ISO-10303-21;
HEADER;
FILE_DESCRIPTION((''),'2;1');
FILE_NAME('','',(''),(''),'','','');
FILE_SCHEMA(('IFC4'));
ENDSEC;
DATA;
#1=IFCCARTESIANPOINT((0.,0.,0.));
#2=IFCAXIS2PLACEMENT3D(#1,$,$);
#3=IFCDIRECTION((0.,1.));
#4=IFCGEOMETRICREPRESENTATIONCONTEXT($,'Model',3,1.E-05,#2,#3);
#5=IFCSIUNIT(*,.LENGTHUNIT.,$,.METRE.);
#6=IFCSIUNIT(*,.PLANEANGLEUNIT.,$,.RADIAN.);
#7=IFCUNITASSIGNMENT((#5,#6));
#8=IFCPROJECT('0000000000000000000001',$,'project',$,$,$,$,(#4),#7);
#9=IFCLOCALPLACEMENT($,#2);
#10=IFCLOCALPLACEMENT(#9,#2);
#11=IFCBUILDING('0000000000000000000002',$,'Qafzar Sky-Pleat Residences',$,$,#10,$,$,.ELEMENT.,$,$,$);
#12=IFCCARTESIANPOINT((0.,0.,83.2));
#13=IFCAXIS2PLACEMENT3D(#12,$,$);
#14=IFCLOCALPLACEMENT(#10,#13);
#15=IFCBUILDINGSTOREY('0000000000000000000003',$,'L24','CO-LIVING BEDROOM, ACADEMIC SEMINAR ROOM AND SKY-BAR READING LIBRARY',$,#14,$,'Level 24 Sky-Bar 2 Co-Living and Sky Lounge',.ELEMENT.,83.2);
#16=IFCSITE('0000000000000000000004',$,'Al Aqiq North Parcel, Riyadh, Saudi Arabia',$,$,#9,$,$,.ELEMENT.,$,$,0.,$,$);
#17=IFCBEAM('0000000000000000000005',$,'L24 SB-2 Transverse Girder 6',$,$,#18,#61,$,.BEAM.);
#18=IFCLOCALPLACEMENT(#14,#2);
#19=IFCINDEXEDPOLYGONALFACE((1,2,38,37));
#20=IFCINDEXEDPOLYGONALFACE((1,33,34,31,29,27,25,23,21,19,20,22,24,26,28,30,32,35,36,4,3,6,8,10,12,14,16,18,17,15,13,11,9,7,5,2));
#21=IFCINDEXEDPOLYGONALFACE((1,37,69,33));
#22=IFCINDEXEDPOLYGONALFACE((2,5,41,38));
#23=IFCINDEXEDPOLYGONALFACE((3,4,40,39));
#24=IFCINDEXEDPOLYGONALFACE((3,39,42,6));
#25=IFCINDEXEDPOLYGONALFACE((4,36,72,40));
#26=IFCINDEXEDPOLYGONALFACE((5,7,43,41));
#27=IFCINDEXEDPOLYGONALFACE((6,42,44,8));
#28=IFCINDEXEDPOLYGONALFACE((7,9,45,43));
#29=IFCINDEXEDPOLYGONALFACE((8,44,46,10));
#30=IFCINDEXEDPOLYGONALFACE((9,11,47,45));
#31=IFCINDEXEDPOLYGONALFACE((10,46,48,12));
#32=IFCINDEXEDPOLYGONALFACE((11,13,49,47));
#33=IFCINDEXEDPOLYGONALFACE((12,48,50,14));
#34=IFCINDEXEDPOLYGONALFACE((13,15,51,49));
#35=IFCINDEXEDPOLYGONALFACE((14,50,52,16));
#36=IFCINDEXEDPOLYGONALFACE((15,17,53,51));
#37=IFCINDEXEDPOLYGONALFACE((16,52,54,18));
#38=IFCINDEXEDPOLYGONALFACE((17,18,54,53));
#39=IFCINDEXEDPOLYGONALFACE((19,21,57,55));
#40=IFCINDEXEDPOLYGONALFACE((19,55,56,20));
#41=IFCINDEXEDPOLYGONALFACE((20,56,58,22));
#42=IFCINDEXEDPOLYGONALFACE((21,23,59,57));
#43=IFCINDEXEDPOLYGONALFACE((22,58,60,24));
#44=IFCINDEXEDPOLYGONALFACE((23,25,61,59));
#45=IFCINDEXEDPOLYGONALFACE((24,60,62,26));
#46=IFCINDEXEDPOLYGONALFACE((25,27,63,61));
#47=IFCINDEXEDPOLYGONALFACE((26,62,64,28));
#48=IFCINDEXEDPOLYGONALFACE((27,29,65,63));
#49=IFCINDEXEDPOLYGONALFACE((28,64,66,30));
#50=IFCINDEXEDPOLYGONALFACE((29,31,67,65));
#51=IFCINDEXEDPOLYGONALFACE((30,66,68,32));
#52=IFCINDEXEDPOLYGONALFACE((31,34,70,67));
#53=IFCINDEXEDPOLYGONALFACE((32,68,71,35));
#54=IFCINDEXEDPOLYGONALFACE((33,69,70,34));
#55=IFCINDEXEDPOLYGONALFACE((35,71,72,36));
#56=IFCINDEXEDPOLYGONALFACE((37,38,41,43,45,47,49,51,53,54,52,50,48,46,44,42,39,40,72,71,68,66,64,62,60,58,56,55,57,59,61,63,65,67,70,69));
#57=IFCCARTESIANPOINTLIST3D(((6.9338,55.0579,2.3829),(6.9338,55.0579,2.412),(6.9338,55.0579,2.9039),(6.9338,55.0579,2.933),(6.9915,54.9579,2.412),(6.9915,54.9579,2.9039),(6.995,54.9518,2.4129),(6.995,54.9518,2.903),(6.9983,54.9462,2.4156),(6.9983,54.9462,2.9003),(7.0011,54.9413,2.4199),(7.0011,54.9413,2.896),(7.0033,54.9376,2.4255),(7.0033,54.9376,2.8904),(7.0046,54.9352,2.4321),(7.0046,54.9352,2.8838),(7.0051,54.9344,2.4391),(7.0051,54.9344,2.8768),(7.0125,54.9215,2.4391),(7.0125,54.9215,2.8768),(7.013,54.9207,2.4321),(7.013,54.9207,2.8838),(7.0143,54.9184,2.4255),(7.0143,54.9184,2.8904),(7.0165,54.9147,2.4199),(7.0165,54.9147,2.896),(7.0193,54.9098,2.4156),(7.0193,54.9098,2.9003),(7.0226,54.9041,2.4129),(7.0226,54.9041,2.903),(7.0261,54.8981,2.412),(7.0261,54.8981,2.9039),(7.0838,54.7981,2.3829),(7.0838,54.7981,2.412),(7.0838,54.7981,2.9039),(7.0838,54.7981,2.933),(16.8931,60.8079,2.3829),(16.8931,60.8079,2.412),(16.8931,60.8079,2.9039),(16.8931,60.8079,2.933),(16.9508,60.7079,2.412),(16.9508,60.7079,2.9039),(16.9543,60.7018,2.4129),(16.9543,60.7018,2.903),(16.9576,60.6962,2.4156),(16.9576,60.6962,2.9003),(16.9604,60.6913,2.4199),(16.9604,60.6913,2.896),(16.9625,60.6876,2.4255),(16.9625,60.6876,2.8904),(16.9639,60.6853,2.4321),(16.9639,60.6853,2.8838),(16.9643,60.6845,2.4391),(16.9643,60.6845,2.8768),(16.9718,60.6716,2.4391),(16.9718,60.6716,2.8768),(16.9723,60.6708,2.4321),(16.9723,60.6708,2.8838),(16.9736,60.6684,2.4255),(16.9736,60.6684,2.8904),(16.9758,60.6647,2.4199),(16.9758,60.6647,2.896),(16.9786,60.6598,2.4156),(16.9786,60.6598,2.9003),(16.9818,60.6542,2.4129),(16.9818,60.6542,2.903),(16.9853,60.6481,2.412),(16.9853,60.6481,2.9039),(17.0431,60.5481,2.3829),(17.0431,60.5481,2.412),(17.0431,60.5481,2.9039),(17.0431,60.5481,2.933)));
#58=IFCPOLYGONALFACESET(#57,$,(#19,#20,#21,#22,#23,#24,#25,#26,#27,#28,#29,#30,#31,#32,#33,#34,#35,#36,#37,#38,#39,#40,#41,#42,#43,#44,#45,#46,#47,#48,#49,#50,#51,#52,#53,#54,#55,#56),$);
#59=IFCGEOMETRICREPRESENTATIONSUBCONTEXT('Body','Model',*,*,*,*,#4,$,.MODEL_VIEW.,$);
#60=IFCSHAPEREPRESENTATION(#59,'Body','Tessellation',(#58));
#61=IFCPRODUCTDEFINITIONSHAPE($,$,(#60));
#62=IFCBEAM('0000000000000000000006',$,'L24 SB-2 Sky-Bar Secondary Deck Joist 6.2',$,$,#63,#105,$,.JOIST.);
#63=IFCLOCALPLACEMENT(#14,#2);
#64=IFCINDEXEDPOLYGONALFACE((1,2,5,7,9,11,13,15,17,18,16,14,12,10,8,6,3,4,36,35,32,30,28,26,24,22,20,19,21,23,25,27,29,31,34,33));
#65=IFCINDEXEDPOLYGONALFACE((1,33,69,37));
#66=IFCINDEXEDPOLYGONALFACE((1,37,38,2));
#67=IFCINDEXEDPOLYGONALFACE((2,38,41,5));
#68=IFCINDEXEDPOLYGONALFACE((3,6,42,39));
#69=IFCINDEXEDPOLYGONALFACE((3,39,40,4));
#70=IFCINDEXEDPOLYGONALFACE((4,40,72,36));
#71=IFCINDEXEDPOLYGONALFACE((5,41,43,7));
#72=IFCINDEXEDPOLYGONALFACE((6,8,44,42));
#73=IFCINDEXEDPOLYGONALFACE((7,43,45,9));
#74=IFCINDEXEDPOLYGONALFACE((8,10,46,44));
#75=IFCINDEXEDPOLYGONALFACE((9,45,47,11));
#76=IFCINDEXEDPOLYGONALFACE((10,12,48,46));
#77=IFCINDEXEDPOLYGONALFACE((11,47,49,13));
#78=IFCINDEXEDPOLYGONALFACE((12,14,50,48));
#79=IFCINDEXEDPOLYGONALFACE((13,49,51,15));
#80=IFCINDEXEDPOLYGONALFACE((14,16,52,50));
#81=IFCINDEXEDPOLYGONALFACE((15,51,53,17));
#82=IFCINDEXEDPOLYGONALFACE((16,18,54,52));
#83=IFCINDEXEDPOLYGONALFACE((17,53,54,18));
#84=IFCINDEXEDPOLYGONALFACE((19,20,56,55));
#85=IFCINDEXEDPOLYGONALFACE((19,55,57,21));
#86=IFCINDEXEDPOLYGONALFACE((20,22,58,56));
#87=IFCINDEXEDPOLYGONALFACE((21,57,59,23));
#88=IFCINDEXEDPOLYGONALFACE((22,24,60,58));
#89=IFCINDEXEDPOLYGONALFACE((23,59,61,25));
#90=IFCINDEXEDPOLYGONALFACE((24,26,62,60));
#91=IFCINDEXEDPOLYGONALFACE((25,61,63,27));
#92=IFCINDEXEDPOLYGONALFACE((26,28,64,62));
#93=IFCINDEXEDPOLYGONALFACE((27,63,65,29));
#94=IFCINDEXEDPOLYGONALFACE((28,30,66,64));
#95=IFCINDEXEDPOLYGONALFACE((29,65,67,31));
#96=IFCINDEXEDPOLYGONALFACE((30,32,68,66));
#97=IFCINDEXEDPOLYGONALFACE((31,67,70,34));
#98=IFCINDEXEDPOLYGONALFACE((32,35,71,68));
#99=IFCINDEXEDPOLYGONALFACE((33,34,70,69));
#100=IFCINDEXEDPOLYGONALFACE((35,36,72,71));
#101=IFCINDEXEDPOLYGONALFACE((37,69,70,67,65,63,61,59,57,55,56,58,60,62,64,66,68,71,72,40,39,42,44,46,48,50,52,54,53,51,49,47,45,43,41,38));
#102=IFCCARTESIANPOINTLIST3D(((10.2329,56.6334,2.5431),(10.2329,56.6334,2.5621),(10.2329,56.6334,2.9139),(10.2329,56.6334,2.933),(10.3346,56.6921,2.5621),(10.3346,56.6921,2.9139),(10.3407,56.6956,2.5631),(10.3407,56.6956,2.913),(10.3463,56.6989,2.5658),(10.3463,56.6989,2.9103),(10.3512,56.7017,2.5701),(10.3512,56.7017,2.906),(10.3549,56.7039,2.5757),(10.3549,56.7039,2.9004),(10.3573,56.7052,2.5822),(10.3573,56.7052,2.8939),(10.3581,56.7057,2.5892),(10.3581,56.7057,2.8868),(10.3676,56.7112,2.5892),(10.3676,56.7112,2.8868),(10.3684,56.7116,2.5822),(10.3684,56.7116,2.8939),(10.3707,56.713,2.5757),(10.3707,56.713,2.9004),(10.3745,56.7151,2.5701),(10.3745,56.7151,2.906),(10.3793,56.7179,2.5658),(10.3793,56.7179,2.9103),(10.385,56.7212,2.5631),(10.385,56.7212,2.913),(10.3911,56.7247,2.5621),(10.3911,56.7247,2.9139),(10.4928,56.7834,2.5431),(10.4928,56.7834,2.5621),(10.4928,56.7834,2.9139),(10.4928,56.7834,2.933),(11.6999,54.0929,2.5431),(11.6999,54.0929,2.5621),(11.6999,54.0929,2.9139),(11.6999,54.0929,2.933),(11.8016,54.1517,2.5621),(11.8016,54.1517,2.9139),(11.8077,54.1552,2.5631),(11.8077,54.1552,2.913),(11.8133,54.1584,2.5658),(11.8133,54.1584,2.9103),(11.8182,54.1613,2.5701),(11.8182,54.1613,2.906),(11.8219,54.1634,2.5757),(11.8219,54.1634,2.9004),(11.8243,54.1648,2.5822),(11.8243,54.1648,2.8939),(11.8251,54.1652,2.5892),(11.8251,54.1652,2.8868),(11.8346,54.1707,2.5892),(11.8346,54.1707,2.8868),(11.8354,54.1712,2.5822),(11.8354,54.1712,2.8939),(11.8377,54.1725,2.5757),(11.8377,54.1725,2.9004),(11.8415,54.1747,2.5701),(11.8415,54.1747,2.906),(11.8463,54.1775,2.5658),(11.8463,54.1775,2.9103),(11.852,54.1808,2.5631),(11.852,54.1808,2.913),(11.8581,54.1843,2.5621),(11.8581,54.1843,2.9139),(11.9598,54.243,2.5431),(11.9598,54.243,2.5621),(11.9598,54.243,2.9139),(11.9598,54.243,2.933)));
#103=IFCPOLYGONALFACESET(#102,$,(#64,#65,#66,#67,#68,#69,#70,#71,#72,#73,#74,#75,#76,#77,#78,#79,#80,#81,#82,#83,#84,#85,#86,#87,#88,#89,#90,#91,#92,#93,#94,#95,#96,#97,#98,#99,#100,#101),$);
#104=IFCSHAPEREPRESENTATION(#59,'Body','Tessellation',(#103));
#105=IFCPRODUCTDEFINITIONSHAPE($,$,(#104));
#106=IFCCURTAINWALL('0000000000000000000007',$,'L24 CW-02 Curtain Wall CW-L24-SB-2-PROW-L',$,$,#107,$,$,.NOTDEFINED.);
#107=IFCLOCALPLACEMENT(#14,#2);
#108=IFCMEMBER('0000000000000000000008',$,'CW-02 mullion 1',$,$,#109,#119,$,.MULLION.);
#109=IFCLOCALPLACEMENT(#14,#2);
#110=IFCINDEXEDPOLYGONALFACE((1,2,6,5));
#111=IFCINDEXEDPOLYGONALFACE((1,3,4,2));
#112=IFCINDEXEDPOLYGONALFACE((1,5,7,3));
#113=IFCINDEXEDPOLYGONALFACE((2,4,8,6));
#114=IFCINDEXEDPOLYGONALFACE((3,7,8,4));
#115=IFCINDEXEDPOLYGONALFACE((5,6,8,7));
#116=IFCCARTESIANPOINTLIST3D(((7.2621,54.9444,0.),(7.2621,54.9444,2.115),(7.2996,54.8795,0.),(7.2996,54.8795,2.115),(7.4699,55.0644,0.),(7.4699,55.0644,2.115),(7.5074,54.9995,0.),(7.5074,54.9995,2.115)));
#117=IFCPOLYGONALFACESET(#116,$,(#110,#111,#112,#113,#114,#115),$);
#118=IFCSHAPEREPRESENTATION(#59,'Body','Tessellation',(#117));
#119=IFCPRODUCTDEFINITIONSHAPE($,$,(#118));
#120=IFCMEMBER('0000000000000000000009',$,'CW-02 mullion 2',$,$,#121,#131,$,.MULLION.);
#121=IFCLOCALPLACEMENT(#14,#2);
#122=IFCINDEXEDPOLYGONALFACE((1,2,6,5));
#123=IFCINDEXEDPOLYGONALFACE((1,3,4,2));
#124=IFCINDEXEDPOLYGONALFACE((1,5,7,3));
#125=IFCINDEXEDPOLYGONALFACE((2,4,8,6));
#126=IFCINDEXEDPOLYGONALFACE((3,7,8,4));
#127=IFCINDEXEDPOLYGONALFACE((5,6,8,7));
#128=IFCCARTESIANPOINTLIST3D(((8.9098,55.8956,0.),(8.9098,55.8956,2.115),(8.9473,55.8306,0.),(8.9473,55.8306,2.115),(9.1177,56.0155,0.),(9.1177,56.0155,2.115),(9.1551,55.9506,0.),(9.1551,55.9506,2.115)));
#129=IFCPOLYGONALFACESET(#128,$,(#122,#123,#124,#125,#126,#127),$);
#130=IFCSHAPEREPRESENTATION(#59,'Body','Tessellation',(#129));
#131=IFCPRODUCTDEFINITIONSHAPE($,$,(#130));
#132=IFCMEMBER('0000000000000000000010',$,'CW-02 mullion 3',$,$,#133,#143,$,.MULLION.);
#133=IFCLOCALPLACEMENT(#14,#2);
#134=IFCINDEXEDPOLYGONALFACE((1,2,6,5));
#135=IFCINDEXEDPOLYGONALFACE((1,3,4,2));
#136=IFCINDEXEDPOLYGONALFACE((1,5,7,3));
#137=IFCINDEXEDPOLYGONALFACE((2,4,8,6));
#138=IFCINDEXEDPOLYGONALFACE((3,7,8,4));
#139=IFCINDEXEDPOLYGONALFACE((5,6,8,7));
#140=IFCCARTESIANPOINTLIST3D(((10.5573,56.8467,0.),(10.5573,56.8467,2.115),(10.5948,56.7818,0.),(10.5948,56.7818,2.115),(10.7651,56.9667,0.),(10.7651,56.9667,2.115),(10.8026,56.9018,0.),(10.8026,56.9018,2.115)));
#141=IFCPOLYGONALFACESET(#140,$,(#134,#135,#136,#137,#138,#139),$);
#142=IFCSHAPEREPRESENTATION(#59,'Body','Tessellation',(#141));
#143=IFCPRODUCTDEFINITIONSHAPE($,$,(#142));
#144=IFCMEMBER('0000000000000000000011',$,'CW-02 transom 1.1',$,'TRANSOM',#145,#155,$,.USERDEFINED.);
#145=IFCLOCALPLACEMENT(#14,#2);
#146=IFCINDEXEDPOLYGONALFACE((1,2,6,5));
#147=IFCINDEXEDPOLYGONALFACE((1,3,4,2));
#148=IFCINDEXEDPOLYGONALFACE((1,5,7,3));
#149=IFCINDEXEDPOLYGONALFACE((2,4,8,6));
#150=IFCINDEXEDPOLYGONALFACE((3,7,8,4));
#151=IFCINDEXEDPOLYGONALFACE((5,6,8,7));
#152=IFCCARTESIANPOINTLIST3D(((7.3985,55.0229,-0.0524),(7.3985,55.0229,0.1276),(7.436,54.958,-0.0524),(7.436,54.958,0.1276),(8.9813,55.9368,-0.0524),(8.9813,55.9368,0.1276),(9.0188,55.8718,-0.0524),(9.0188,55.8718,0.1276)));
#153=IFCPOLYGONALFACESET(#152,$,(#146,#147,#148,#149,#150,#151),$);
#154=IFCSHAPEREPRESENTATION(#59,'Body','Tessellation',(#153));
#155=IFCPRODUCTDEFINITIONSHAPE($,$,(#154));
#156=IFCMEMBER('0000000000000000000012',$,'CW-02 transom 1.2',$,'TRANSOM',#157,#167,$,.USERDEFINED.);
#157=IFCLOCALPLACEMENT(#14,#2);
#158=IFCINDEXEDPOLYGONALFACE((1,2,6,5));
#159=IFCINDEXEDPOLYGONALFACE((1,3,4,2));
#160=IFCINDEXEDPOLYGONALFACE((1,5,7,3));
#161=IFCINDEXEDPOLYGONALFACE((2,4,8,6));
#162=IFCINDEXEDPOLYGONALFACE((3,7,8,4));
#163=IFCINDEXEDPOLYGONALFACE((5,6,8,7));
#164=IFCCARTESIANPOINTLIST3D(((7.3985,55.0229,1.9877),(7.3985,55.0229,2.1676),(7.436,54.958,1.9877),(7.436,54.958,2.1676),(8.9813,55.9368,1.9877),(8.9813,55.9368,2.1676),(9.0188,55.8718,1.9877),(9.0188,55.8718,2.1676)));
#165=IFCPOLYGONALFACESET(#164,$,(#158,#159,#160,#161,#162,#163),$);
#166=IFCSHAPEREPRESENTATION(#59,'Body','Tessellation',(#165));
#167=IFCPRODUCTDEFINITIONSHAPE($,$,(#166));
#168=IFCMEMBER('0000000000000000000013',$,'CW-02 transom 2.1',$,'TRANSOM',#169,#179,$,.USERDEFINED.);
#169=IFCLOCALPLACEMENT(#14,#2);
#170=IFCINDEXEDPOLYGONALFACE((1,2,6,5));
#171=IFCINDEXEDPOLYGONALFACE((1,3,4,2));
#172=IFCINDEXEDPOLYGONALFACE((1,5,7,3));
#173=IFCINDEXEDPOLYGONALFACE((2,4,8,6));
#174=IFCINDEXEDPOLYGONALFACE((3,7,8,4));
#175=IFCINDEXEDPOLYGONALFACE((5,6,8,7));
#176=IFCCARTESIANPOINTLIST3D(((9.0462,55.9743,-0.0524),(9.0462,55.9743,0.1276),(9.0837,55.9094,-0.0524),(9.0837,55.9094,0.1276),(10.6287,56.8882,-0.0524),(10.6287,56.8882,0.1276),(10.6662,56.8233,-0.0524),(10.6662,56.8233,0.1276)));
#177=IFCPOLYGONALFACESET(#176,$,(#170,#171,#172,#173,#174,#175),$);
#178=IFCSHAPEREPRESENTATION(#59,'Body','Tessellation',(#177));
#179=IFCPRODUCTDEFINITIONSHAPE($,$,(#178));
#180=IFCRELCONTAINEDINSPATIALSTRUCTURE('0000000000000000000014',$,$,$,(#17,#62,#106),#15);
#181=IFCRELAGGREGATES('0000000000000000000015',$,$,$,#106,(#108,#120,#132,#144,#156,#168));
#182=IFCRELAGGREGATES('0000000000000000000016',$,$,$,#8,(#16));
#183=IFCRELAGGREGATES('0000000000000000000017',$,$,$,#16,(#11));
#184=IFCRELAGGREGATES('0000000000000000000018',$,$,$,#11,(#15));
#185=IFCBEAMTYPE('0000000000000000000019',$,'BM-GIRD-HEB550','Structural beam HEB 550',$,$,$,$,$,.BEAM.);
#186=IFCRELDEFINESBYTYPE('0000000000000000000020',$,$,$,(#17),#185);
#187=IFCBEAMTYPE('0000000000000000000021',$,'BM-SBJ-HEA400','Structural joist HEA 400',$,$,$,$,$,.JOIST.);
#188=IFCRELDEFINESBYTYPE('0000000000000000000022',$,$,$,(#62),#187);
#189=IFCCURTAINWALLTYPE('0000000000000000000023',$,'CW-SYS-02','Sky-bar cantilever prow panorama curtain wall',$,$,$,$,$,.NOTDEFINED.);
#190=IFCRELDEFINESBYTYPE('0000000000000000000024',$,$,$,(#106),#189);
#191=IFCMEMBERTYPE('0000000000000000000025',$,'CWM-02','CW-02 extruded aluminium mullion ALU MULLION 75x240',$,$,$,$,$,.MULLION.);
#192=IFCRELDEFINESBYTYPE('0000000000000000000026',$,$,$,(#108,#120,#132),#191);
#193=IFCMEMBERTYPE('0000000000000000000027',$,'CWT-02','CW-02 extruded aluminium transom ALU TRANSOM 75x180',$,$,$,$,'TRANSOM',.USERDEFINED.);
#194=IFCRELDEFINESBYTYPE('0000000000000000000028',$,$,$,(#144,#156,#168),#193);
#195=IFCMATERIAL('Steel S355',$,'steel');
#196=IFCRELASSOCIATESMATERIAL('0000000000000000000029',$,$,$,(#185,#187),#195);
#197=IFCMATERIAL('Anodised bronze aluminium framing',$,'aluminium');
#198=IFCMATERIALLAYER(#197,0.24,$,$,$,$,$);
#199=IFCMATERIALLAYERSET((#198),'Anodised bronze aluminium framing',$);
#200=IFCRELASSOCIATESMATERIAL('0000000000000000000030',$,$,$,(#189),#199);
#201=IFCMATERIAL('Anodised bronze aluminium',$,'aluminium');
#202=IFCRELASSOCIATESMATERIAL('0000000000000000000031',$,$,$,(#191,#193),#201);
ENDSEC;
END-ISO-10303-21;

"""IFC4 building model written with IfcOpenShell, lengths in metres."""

from ifc_helpers import new_model, si_unit, direction, frame, origin, origin_2d, place, context, subcontext, project, spatial, rectangle, i_section, extrude, source, transform, mapped, material, layer, layer_set, material_profile, profile_set, type_object, element, aggregate, save


model = new_model("IFC4")

# Units and contexts
model_context = context("Model", 3, precision=1e-05, world=origin(), true_north=direction((0.0, 1.0)))
body_context = subcontext(model_context, "Body", "Model", "MODEL_VIEW")
ifc_project = project(units=[si_unit("LENGTHUNIT", "METRE"), si_unit("PLANEANGLEUNIT", "RADIAN")], contexts=[model_context])

# Site, building, storey
site_placement = place(None, origin())
site = spatial("IfcSite", under=ifc_project, at=site_placement, Name="Al Aqiq North Parcel, Riyadh, Saudi Arabia", CompositionType="ELEMENT", RefElevation=0.0)
building_placement = place(site_placement, origin())
building = spatial("IfcBuilding", under=site, at=building_placement, Name="Qafzar Sky-Pleat Residences", CompositionType="ELEMENT")
storey_placement = place(building_placement, frame((0.0, 0.0, 83.2)))
storey = spatial("IfcBuildingStorey", under=building, at=storey_placement, Name="L24", Description="CO-LIVING BEDROOM, ACADEMIC SEMINAR ROOM AND SKY-BAR READING LIBRARY", LongName="Level 24 Sky-Bar 2 Co-Living and Sky Lounge", CompositionType="ELEMENT", Elevation=83.2)

# Beams
ifc_material_1 = material(Name="Steel S355", Category="steel")
ifc_material_profile_1 = material_profile(ifc_material_1, i_section(OverallWidth=0.3, OverallDepth=0.55, WebThickness=0.0149, FlangeThickness=0.0291, FilletRadius=0.0271, at=origin_2d()), Name="HEB 550")
ifc_profile_set_1 = profile_set([ifc_material_profile_1], Name="Steel S355")
beam_type_1 = type_object("IfcBeamType", Name="BM-GIRD-HEB550", Description="Structural beam HEB 550", PredefinedType="BEAM", material=ifc_profile_set_1)
shared_shape_1 = source(origin(), body_context, "Body", "SweptSolid", [
    extrude(i_section(OverallWidth=0.3, OverallDepth=0.55, WebThickness=0.0149, FlangeThickness=0.0291, FilletRadius=0.0271, at=origin_2d()), origin(), (0.0, 0.0, 1.0), 11.5),
])
for number, where, z_axis, x_axis, name in (
    (1, (7.0088, 54.928, 2.658), (0.866024, 0.500002, 0.0), (-0.500002, 0.866024, 0.0), "L24 SB-2 Transverse Girder 6"),
):
    element("IfcBeam", number, at=place(storey_placement, frame(where, z_axis=z_axis, x_axis=x_axis)), inside=storey, type_object=beam_type_1, Name=name, PredefinedType="BEAM", context=body_context, shape_type="MappedRepresentation", body=[
        mapped(shared_shape_1, transform((0.0, 0.0, 0.0), x_axis=(1.0, 0.0, 0.0), y_axis=(0.0, 1.0, 0.0), z_axis=(0.0, 0.0, 1.0), scale=1.0)),
    ])
ifc_material_profile_2 = material_profile(ifc_material_1, i_section(OverallWidth=0.3, OverallDepth=0.3899, WebThickness=0.011, FlangeThickness=0.019, FilletRadius=0.0271, at=origin_2d()), Name="HEA 400")
ifc_profile_set_2 = profile_set([ifc_material_profile_2], Name="Steel S355")
beam_type_2 = type_object("IfcBeamType", Name="BM-SBJ-HEA400", Description="Structural joist HEA 400", PredefinedType="JOIST", material=ifc_profile_set_2)
shared_shape_2 = source(origin(), body_context, "Body", "SweptSolid", [
    extrude(i_section(OverallWidth=0.3, OverallDepth=0.3899, WebThickness=0.011, FlangeThickness=0.019, FilletRadius=0.0271, at=origin_2d()), origin(), (0.0, 0.0, 1.0), 2.9336),
])
beam_placement = place(storey_placement, frame((11.8298, 54.168, 2.738), z_axis=(-0.500068, 0.865986, 0.0), x_axis=(-0.865986, -0.500068, 0.0)))
element("IfcBeam", 2, at=beam_placement, inside=storey, type_object=beam_type_2, Name="L24 SB-2 Sky-Bar Secondary Deck Joist 6.2", PredefinedType="JOIST", context=body_context, shape_type="MappedRepresentation", body=[
    mapped(shared_shape_2, transform((0.0, 0.0, 0.0), x_axis=(1.0, 0.0, 0.0), y_axis=(0.0, 1.0, 0.0), z_axis=(0.0, 0.0, 1.0), scale=1.0)),
])

# Curtain wall, members
ifc_material_2 = material(Name="Anodised bronze aluminium framing", Category="aluminium")
ifc_layer_1 = layer(ifc_material_2, 0.24)
ifc_layer_set_1 = layer_set([ifc_layer_1], Name="Anodised bronze aluminium framing")
curtain_wall_type = type_object("IfcCurtainWallType", Name="CW-SYS-02", Description="Sky-bar cantilever prow panorama curtain wall", PredefinedType="NOTDEFINED", material=ifc_layer_set_1)
curtain_wall_placement = place(storey_placement, origin())
curtain_wall = element("IfcCurtainWall", 3, at=curtain_wall_placement, inside=storey, type_object=curtain_wall_type, Name="L24 CW-02 Curtain Wall CW-L24-SB-2-PROW-L", PredefinedType="NOTDEFINED")
ifc_material_3 = material(Name="Anodised bronze aluminium", Category="aluminium")
ifc_material_profile_3 = material_profile(ifc_material_3, rectangle(XDim=0.075, YDim=0.24, at=origin_2d()), Name="ALU MULLION 75x240")
ifc_profile_set_3 = profile_set([ifc_material_profile_3], Name="Anodised bronze aluminium")
member_type_1 = type_object("IfcMemberType", Name="CWM-02", Description="CW-02 extruded aluminium mullion ALU MULLION 75x240", PredefinedType="MULLION", material=ifc_profile_set_3)
shared_shape_3 = source(origin(), body_context, "Body", "SweptSolid", [
    extrude(rectangle(XDim=0.075, YDim=0.24, at=origin_2d()), origin(), (0.0, 0.0, 1.0), 2.115),
])
member_1_placement = place(storey_placement, frame((7.3848, 54.9719, 0.0), z_axis=(0.0, 0.0, 1.0), x_axis=(-0.499998, 0.866027, 0.0)))
member_1 = element("IfcMember", 4, at=member_1_placement, type_object=member_type_1, Name="CW-02 mullion 1", PredefinedType="MULLION", context=body_context, shape_type="MappedRepresentation", body=[
    mapped(shared_shape_3, transform((0.0, 0.0, 0.0), x_axis=(1.0, 0.0, 0.0), y_axis=(0.0, 1.0, 0.0), z_axis=(0.0, 0.0, 1.0), scale=1.0)),
])
member_2_placement = place(storey_placement, frame((9.0325, 55.9231, 0.0), z_axis=(0.0, 0.0, 1.0), x_axis=(-0.499998, 0.866027, 0.0)))
member_2 = element("IfcMember", 5, at=member_2_placement, type_object=member_type_1, Name="CW-02 mullion 2", PredefinedType="MULLION", context=body_context, shape_type="MappedRepresentation", body=[
    mapped(shared_shape_3, transform((0.0, 0.0, 0.0), x_axis=(1.0, 0.0, 0.0), y_axis=(0.0, 1.0, 0.0), z_axis=(0.0, 0.0, 1.0), scale=1.0)),
])
member_3_placement = place(storey_placement, frame((10.6799, 56.8743, 0.0), z_axis=(0.0, 0.0, 1.0), x_axis=(-0.499998, 0.866027, 0.0)))
member_3 = element("IfcMember", 6, at=member_3_placement, type_object=member_type_1, Name="CW-02 mullion 3", PredefinedType="MULLION", context=body_context, shape_type="MappedRepresentation", body=[
    mapped(shared_shape_3, transform((0.0, 0.0, 0.0), x_axis=(1.0, 0.0, 0.0), y_axis=(0.0, 1.0, 0.0), z_axis=(0.0, 0.0, 1.0), scale=1.0)),
])
ifc_material_profile_4 = material_profile(ifc_material_3, rectangle(XDim=0.075, YDim=0.1799, at=origin_2d()), Name="ALU TRANSOM 75x180")
ifc_profile_set_4 = profile_set([ifc_material_profile_4], Name="Anodised bronze aluminium")
member_type_2 = type_object("IfcMemberType", Name="CWT-02", Description="CW-02 extruded aluminium transom ALU TRANSOM 75x180", ElementType="TRANSOM", PredefinedType="USERDEFINED", material=ifc_profile_set_4)
shared_shape_4 = source(origin(), body_context, "Body", "SweptSolid", [
    extrude(rectangle(XDim=0.075, YDim=0.1799, at=origin_2d()), origin(), (0.0, 0.0, 1.0), 1.8276),
])
member_4_placement = place(storey_placement, frame((7.4172, 54.9905, 0.0376), z_axis=(0.866023, 0.500004, 0.0), x_axis=(-0.500004, 0.866023, 0.0)))
member_4 = element("IfcMember", 7, at=member_4_placement, type_object=member_type_2, Name="CW-02 transom 1.1", ObjectType="TRANSOM", PredefinedType="USERDEFINED", context=body_context, shape_type="MappedRepresentation", body=[
    mapped(shared_shape_4, transform((0.0, 0.0, 0.0), x_axis=(1.0, 0.0, 0.0), y_axis=(0.0, 1.0, 0.0), z_axis=(0.0, 0.0, 1.0), scale=1.0)),
])
member_5_placement = place(storey_placement, frame((7.4172, 54.9905, 2.0776), z_axis=(0.866023, 0.500004, 0.0), x_axis=(-0.500004, 0.866023, 0.0)))
member_5 = element("IfcMember", 8, at=member_5_placement, type_object=member_type_2, Name="CW-02 transom 1.2", ObjectType="TRANSOM", PredefinedType="USERDEFINED", context=body_context, shape_type="MappedRepresentation", body=[
    mapped(shared_shape_4, transform((0.0, 0.0, 0.0), x_axis=(1.0, 0.0, 0.0), y_axis=(0.0, 1.0, 0.0), z_axis=(0.0, 0.0, 1.0), scale=1.0)),
])
shared_shape_5 = source(origin(), body_context, "Body", "SweptSolid", [
    extrude(rectangle(XDim=0.075, YDim=0.1799, at=origin_2d()), origin(), (0.0, 0.0, 1.0), 1.8274),
])
member_6_placement = place(storey_placement, frame((9.0649, 55.9419, 0.0376), z_axis=(0.86599, 0.500062, 0.0), x_axis=(-0.500062, 0.86599, 0.0)))
member_6 = element("IfcMember", 9, at=member_6_placement, type_object=member_type_2, Name="CW-02 transom 2.1", ObjectType="TRANSOM", PredefinedType="USERDEFINED", context=body_context, shape_type="MappedRepresentation", body=[
    mapped(shared_shape_5, transform((0.0, 0.0, 0.0), x_axis=(1.0, 0.0, 0.0), y_axis=(0.0, 1.0, 0.0), z_axis=(0.0, 0.0, 1.0), scale=1.0)),
])
aggregate(curtain_wall, [member_1, member_2, member_3, member_4, member_5, member_6])

save(model, "model.ifc")
